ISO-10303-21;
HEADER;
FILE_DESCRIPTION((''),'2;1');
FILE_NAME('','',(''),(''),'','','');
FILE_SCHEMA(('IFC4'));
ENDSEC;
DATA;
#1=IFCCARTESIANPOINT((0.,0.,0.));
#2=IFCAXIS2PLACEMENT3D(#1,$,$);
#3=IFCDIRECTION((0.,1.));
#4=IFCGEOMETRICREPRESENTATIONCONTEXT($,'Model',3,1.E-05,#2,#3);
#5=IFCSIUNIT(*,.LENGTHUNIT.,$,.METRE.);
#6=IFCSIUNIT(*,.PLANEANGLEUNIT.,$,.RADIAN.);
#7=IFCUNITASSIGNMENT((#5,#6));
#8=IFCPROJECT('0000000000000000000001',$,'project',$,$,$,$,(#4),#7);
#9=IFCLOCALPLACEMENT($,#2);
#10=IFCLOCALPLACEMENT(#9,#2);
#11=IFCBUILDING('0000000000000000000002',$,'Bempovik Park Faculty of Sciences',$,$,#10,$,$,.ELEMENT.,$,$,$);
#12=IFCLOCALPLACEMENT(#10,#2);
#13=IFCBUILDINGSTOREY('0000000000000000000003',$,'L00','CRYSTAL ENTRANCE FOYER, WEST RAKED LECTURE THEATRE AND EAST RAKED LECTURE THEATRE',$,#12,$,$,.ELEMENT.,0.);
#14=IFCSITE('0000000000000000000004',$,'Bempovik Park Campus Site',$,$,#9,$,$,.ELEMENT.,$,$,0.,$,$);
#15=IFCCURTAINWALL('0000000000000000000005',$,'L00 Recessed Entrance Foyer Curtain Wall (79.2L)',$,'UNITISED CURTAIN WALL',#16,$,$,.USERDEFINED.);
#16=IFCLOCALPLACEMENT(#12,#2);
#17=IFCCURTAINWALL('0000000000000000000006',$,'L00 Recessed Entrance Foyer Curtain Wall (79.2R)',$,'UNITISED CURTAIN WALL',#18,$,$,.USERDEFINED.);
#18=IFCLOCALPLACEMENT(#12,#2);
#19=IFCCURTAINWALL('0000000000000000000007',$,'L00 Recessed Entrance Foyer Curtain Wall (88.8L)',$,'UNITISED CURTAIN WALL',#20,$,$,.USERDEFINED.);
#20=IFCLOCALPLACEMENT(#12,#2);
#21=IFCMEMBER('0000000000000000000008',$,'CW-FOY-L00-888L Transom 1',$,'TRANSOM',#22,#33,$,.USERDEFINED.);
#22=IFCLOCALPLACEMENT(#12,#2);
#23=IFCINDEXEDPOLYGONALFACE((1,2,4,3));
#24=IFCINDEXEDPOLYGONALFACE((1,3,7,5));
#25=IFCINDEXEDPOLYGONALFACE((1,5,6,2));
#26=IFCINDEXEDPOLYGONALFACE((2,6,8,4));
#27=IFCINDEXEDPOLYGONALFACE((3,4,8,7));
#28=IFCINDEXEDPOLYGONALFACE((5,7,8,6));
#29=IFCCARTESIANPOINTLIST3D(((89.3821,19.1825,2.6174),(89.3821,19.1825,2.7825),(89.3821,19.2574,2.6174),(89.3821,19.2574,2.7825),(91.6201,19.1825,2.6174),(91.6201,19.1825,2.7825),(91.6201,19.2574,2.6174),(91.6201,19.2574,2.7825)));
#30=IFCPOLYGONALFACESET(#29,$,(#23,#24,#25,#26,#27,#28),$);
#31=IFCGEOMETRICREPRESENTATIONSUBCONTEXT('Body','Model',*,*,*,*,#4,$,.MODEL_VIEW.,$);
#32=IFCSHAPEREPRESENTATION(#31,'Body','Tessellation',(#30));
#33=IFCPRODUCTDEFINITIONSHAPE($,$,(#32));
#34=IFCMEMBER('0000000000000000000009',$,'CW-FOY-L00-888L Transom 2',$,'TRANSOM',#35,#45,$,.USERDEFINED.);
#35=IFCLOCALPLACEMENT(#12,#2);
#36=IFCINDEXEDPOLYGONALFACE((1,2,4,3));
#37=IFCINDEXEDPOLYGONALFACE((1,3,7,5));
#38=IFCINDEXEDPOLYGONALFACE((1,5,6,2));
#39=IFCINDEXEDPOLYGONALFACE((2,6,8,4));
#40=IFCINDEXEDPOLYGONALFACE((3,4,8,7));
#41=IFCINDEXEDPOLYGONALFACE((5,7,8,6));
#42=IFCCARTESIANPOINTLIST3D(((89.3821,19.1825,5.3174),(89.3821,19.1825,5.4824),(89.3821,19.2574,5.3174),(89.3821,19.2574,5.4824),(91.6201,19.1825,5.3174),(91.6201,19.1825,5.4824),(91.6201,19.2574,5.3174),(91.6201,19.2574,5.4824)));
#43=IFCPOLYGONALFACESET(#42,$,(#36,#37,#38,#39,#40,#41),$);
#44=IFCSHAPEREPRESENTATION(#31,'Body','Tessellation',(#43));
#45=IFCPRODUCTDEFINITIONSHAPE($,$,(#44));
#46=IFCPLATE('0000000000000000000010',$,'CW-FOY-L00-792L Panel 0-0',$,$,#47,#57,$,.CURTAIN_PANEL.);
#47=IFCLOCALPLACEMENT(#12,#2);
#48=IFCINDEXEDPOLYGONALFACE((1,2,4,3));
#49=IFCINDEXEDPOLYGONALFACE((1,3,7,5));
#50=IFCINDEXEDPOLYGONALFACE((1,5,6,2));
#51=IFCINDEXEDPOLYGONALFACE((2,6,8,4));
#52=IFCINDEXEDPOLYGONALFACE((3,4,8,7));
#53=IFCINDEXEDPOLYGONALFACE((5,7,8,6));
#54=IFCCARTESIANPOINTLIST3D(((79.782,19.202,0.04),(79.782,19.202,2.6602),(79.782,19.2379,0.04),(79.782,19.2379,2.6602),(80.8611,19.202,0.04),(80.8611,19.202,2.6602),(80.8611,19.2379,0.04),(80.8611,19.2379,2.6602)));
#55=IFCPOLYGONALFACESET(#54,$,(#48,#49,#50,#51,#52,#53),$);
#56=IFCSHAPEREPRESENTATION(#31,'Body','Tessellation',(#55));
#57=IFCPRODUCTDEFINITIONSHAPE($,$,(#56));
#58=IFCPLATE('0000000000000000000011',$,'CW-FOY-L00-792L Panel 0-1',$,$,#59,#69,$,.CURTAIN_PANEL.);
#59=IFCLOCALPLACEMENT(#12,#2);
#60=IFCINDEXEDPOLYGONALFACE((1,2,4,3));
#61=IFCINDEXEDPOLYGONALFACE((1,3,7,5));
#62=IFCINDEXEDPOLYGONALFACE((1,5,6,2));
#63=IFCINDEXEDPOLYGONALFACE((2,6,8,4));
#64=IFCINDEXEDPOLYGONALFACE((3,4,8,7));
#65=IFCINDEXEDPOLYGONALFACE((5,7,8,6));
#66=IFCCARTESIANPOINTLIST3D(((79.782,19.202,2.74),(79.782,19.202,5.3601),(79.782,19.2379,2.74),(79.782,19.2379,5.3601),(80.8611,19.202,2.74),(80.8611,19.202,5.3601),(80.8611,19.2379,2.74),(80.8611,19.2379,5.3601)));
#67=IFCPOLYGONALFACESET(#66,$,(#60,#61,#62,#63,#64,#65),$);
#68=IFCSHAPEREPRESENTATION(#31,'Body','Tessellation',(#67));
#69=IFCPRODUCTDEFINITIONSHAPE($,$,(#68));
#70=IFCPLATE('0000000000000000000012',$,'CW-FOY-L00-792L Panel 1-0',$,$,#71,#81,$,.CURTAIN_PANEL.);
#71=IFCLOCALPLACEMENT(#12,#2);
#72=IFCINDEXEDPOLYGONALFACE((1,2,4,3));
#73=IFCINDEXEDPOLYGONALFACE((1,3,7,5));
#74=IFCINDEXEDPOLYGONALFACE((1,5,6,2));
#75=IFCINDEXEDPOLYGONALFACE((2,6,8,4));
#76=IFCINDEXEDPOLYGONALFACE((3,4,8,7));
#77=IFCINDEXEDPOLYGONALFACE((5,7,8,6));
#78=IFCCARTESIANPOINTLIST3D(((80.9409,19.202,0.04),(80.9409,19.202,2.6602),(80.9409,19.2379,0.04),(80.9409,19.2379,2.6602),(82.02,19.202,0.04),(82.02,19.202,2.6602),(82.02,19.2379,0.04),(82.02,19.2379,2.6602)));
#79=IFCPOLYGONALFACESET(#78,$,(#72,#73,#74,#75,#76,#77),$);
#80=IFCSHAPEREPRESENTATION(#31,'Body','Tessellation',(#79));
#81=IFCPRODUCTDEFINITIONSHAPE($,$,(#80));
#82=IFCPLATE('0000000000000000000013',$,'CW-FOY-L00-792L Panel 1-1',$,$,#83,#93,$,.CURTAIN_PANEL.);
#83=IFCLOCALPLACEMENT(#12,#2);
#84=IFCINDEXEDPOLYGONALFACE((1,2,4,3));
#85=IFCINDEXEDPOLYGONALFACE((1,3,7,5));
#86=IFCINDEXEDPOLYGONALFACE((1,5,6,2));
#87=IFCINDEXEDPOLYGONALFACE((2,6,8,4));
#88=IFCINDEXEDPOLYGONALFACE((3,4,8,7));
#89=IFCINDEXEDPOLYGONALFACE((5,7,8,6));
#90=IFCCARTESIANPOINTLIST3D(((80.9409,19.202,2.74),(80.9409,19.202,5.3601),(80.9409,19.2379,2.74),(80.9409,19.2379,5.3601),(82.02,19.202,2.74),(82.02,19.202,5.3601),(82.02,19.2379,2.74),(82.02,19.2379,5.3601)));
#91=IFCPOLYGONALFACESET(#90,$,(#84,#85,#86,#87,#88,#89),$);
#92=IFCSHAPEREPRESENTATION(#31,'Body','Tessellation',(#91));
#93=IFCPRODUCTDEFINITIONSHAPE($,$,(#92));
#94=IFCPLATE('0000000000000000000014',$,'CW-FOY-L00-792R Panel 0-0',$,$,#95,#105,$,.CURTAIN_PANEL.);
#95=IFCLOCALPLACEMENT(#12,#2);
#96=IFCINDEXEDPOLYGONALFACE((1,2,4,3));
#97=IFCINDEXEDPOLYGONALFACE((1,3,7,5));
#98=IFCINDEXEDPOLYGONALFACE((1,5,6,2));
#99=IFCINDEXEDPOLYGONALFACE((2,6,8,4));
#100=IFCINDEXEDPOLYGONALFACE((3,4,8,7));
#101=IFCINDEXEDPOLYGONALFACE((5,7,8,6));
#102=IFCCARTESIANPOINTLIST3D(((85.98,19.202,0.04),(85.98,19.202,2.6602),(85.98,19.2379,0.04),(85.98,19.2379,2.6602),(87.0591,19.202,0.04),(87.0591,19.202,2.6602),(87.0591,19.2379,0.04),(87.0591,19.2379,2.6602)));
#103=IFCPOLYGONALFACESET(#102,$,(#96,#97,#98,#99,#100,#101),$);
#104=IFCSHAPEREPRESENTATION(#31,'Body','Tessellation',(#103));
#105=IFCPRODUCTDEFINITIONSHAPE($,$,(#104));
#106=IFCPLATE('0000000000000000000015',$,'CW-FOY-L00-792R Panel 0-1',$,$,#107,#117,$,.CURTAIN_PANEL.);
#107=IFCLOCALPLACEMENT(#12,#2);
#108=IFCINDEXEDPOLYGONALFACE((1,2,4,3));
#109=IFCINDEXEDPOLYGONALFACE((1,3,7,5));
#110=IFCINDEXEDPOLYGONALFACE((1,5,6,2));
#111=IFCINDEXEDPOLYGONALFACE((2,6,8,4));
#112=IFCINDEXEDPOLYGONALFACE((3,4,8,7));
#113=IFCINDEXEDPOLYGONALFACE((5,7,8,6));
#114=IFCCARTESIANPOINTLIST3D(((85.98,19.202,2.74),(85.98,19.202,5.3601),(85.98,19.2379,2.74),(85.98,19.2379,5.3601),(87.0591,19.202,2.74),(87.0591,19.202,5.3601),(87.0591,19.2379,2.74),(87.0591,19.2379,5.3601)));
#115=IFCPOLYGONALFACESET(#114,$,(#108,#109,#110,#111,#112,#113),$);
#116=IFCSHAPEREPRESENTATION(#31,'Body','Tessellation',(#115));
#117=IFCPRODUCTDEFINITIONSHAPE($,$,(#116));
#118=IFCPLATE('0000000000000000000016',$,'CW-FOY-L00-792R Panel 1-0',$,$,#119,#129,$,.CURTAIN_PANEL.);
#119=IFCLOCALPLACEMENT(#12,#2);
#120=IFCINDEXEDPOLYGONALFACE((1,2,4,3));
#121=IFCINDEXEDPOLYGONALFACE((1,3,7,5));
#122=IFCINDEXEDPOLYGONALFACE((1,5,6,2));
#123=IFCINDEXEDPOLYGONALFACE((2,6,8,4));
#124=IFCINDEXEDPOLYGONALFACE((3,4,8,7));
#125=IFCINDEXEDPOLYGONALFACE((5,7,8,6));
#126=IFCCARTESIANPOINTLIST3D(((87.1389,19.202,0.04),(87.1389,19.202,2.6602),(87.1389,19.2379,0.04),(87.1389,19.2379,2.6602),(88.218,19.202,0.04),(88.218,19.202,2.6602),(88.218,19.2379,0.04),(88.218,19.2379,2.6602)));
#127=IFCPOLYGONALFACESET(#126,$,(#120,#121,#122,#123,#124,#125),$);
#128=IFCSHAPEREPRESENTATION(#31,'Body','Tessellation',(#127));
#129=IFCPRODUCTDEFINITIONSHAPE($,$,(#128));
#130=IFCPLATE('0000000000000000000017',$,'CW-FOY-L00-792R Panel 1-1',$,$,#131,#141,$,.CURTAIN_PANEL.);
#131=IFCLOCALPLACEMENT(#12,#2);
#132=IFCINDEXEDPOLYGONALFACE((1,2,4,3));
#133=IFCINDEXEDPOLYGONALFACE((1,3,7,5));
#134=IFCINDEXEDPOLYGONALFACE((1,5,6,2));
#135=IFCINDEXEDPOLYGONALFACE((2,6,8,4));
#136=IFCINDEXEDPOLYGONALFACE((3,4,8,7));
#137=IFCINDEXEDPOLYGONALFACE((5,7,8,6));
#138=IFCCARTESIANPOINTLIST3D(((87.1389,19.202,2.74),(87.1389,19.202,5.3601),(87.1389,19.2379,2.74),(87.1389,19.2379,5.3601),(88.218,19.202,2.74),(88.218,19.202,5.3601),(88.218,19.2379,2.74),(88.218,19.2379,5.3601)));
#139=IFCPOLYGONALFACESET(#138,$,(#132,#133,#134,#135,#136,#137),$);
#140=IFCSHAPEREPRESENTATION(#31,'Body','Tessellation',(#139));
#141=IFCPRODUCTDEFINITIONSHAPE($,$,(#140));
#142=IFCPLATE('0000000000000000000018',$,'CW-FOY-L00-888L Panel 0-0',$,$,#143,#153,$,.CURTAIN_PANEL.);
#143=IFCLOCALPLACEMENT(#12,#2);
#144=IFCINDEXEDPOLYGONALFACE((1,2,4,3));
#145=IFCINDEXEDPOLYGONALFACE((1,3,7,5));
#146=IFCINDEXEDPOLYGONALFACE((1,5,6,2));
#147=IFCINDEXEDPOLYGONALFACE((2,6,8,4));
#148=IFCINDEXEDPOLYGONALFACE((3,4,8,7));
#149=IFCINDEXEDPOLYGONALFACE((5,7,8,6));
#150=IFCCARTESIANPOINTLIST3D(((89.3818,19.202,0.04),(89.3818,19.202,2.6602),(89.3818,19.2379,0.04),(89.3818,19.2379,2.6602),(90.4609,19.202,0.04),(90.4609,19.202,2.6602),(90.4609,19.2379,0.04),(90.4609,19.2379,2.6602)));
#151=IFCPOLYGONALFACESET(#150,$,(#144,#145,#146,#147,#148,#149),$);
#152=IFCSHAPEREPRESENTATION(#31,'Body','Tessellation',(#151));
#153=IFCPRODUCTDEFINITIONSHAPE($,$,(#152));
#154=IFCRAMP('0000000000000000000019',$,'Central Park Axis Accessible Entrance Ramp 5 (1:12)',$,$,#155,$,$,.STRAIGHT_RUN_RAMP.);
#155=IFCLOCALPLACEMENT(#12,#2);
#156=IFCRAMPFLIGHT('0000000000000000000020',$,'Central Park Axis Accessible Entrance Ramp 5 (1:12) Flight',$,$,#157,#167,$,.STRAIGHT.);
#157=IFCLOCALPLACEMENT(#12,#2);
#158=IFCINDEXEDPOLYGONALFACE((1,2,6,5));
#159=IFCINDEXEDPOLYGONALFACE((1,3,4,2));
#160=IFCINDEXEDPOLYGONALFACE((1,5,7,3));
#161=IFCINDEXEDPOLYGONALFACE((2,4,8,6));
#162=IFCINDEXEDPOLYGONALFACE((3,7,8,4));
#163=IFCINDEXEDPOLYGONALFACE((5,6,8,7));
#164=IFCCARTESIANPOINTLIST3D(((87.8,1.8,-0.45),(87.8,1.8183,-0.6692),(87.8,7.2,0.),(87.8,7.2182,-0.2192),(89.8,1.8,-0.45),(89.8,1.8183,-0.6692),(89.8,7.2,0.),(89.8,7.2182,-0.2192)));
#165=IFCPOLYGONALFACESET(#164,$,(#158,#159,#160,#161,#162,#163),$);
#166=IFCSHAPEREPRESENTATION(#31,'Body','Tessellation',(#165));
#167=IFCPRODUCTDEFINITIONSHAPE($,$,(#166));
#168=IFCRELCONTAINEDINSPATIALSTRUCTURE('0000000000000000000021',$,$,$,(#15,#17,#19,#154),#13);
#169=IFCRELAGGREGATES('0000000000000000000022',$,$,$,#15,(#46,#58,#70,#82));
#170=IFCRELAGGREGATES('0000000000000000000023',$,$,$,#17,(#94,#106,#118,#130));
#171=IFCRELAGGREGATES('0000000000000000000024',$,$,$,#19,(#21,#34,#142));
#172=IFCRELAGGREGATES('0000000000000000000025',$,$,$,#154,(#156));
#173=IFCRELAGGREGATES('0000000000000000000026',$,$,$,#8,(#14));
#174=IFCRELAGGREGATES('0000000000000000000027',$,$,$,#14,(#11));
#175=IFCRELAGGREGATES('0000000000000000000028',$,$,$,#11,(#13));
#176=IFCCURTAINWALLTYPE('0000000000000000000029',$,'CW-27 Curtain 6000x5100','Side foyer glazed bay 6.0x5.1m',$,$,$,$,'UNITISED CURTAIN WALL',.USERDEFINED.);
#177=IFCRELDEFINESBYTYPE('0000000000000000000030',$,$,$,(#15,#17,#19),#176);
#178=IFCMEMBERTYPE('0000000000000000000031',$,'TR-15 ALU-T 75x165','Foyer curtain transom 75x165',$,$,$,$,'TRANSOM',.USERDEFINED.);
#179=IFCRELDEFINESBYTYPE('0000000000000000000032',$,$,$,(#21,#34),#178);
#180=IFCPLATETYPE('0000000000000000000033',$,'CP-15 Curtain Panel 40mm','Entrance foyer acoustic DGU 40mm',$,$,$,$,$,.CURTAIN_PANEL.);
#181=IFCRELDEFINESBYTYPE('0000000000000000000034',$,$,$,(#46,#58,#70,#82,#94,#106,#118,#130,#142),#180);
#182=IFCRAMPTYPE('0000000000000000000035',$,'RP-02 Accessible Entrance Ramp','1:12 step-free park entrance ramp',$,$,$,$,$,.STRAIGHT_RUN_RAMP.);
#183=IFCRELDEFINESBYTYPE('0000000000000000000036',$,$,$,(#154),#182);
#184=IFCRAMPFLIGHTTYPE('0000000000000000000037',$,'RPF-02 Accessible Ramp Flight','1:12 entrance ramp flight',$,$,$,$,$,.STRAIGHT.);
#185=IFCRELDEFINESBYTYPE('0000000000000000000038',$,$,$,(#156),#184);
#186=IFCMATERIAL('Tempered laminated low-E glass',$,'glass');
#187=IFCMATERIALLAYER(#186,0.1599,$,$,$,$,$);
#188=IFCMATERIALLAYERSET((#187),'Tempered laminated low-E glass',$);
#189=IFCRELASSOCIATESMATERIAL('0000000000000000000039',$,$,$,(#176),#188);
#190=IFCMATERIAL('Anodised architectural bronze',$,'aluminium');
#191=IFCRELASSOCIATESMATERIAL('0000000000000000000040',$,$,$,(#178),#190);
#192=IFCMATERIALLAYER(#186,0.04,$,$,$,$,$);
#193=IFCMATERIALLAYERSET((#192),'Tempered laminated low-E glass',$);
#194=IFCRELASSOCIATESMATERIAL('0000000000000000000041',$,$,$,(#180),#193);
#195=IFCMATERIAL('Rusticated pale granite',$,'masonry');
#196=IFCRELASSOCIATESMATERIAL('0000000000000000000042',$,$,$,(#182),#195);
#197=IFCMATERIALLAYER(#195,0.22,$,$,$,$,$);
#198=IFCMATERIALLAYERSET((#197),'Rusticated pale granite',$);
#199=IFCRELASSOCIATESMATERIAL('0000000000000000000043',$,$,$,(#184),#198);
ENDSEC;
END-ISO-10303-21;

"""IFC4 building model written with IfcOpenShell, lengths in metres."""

from ifc_helpers import new_model, si_unit, direction, frame, origin, origin_2d, place, context, subcontext, project, spatial, polyline, rectangle, outline, extrude, material, layer, layer_set, material_profile, profile_set, type_object, element, aggregate, save


model = new_model("IFC4")

# Units and contexts
model_context = context("Model", 3, precision=1e-05, world=origin(), true_north=direction((0.0, 1.0)))
body_context = subcontext(model_context, "Body", "Model", "MODEL_VIEW")
ifc_project = project(units=[si_unit("LENGTHUNIT", "METRE"), si_unit("PLANEANGLEUNIT", "RADIAN")], contexts=[model_context])

# Site, building, storey
site_placement = place(None, origin())
site = spatial("IfcSite", under=ifc_project, at=site_placement, Name="Bempovik Park Campus Site", CompositionType="ELEMENT", RefElevation=0.0)
building_placement = place(site_placement, origin())
building = spatial("IfcBuilding", under=site, at=building_placement, Name="Bempovik Park Faculty of Sciences", CompositionType="ELEMENT")
storey_placement = place(building_placement, origin())
storey = spatial("IfcBuildingStorey", under=building, at=storey_placement, Name="L00", Description="CRYSTAL ENTRANCE FOYER, WEST RAKED LECTURE THEATRE AND EAST RAKED LECTURE THEATRE", CompositionType="ELEMENT", Elevation=0.0)

# Curtain walls
ifc_material_1 = material(Name="Tempered laminated low-E glass", Category="glass")
ifc_layer_1 = layer(ifc_material_1, 0.1599)
ifc_layer_set_1 = layer_set([ifc_layer_1], Name="Tempered laminated low-E glass")
curtain_wall_type = type_object("IfcCurtainWallType", Name="CW-27 Curtain 6000x5100", Description="Side foyer glazed bay 6.0x5.1m", ElementType="UNITISED CURTAIN WALL", PredefinedType="USERDEFINED", material=ifc_layer_set_1)
curtain_wall_1_placement = place(storey_placement, origin())
curtain_wall_1 = element("IfcCurtainWall", 1, at=curtain_wall_1_placement, inside=storey, type_object=curtain_wall_type, Name="L00 Recessed Entrance Foyer Curtain Wall (79.2L)", ObjectType="UNITISED CURTAIN WALL", PredefinedType="USERDEFINED")
ifc_material_2 = material(Name="Anodised architectural bronze", Category="aluminium")
curtain_wall_2_placement = place(storey_placement, origin())
curtain_wall_2 = element("IfcCurtainWall", 2, at=curtain_wall_2_placement, inside=storey, type_object=curtain_wall_type, Name="L00 Recessed Entrance Foyer Curtain Wall (79.2R)", ObjectType="UNITISED CURTAIN WALL", PredefinedType="USERDEFINED")

# Curtain wall
curtain_wall_3_placement = place(storey_placement, origin())
curtain_wall_3 = element("IfcCurtainWall", 3, at=curtain_wall_3_placement, inside=storey, type_object=curtain_wall_type, Name="L00 Recessed Entrance Foyer Curtain Wall (88.8L)", ObjectType="UNITISED CURTAIN WALL", PredefinedType="USERDEFINED")

# Members
ifc_material_profile_1 = material_profile(ifc_material_2, rectangle(XDim=0.075, YDim=0.165, at=origin_2d()), Name="ALU-T 75x165")
ifc_profile_set_1 = profile_set([ifc_material_profile_1], Name="Anodised architectural bronze")
member_type_1 = type_object("IfcMemberType", Name="TR-15 ALU-T 75x165", Description="Foyer curtain transom 75x165", ElementType="TRANSOM", PredefinedType="USERDEFINED", material=ifc_profile_set_1)
member_1_placement = place(storey_placement, frame((89.3821, 19.22, 2.7), z_axis=(1.0, 0.0, 0.0), x_axis=(0.0, 1.0, 0.0)))
member_1 = element("IfcMember", 4, at=member_1_placement, type_object=member_type_1, Name="CW-FOY-L00-888L Transom 1", ObjectType="TRANSOM", PredefinedType="USERDEFINED", context=body_context, shape_type="SweptSolid", body=[
    extrude(rectangle(XDim=0.075, YDim=0.165, at=origin_2d()), origin(), (0.0, 0.0, 1.0), 2.238),
])
member_2_placement = place(storey_placement, frame((89.3821, 19.22, 5.3999), z_axis=(1.0, 0.0, 0.0), x_axis=(0.0, 1.0, 0.0)))
member_2 = element("IfcMember", 5, at=member_2_placement, type_object=member_type_1, Name="CW-FOY-L00-888L Transom 2", ObjectType="TRANSOM", PredefinedType="USERDEFINED", context=body_context, shape_type="SweptSolid", body=[
    extrude(rectangle(XDim=0.075, YDim=0.165, at=origin_2d()), origin(), (0.0, 0.0, 1.0), 2.238),
])

# Plates
ifc_layer_2 = layer(ifc_material_1, 0.04)
ifc_layer_set_2 = layer_set([ifc_layer_2], Name="Tempered laminated low-E glass")
plate_type = type_object("IfcPlateType", Name="CP-15 Curtain Panel 40mm", Description="Entrance foyer acoustic DGU 40mm", PredefinedType="CURTAIN_PANEL", material=ifc_layer_set_2)
plate_1_placement = place(storey_placement, frame((80.3215, 19.22, 0.04), z_axis=(0.0, 0.0, 1.0), x_axis=(1.0, 0.0, 0.0)))
plate_1 = element("IfcPlate", 6, at=plate_1_placement, type_object=plate_type, Name="CW-FOY-L00-792L Panel 0-0", PredefinedType="CURTAIN_PANEL", context=body_context, shape_type="SweptSolid", body=[
    extrude(rectangle(XDim=1.0791, YDim=0.0359, at=origin_2d()), origin(), (0.0, 0.0, 1.0), 2.6201),
])
plate_2_placement = place(storey_placement, frame((80.3215, 19.22, 2.74), z_axis=(0.0, 0.0, 1.0), x_axis=(1.0, 0.0, 0.0)))
plate_2 = element("IfcPlate", 7, at=plate_2_placement, type_object=plate_type, Name="CW-FOY-L00-792L Panel 0-1", PredefinedType="CURTAIN_PANEL", context=body_context, shape_type="SweptSolid", body=[
    extrude(rectangle(XDim=1.0791, YDim=0.0359, at=origin_2d()), origin(), (0.0, 0.0, 1.0), 2.6201),
])
plate_3_placement = place(storey_placement, frame((81.4805, 19.22, 0.04), z_axis=(0.0, 0.0, 1.0), x_axis=(1.0, 0.0, 0.0)))
plate_3 = element("IfcPlate", 8, at=plate_3_placement, type_object=plate_type, Name="CW-FOY-L00-792L Panel 1-0", PredefinedType="CURTAIN_PANEL", context=body_context, shape_type="SweptSolid", body=[
    extrude(rectangle(XDim=1.0791, YDim=0.0359, at=origin_2d()), origin(), (0.0, 0.0, 1.0), 2.6201),
])
plate_4_placement = place(storey_placement, frame((81.4805, 19.22, 2.74), z_axis=(0.0, 0.0, 1.0), x_axis=(1.0, 0.0, 0.0)))
plate_4 = element("IfcPlate", 9, at=plate_4_placement, type_object=plate_type, Name="CW-FOY-L00-792L Panel 1-1", PredefinedType="CURTAIN_PANEL", context=body_context, shape_type="SweptSolid", body=[
    extrude(rectangle(XDim=1.0791, YDim=0.0359, at=origin_2d()), origin(), (0.0, 0.0, 1.0), 2.6201),
])
aggregate(curtain_wall_1, [plate_1, plate_2, plate_3, plate_4])
plate_5_placement = place(storey_placement, frame((86.5195, 19.22, 0.04), z_axis=(0.0, 0.0, 1.0), x_axis=(1.0, 0.0, 0.0)))
plate_5 = element("IfcPlate", 10, at=plate_5_placement, type_object=plate_type, Name="CW-FOY-L00-792R Panel 0-0", PredefinedType="CURTAIN_PANEL", context=body_context, shape_type="SweptSolid", body=[
    extrude(rectangle(XDim=1.0791, YDim=0.0359, at=origin_2d()), origin(), (0.0, 0.0, 1.0), 2.6201),
])
plate_6_placement = place(storey_placement, frame((86.5195, 19.22, 2.74), z_axis=(0.0, 0.0, 1.0), x_axis=(1.0, 0.0, 0.0)))
plate_6 = element("IfcPlate", 11, at=plate_6_placement, type_object=plate_type, Name="CW-FOY-L00-792R Panel 0-1", PredefinedType="CURTAIN_PANEL", context=body_context, shape_type="SweptSolid", body=[
    extrude(rectangle(XDim=1.0791, YDim=0.0359, at=origin_2d()), origin(), (0.0, 0.0, 1.0), 2.6201),
])
plate_7_placement = place(storey_placement, frame((87.6785, 19.22, 0.04), z_axis=(0.0, 0.0, 1.0), x_axis=(1.0, 0.0, 0.0)))
plate_7 = element("IfcPlate", 12, at=plate_7_placement, type_object=plate_type, Name="CW-FOY-L00-792R Panel 1-0", PredefinedType="CURTAIN_PANEL", context=body_context, shape_type="SweptSolid", body=[
    extrude(rectangle(XDim=1.0791, YDim=0.0359, at=origin_2d()), origin(), (0.0, 0.0, 1.0), 2.6201),
])
plate_8_placement = place(storey_placement, frame((87.6785, 19.22, 2.74), z_axis=(0.0, 0.0, 1.0), x_axis=(1.0, 0.0, 0.0)))
plate_8 = element("IfcPlate", 13, at=plate_8_placement, type_object=plate_type, Name="CW-FOY-L00-792R Panel 1-1", PredefinedType="CURTAIN_PANEL", context=body_context, shape_type="SweptSolid", body=[
    extrude(rectangle(XDim=1.0791, YDim=0.0359, at=origin_2d()), origin(), (0.0, 0.0, 1.0), 2.6201),
])
aggregate(curtain_wall_2, [plate_5, plate_6, plate_7, plate_8])
plate_9_placement = place(storey_placement, frame((89.9214, 19.22, 0.04), z_axis=(0.0, 0.0, 1.0), x_axis=(1.0, 0.0, 0.0)))
plate_9 = element("IfcPlate", 14, at=plate_9_placement, type_object=plate_type, Name="CW-FOY-L00-888L Panel 0-0", PredefinedType="CURTAIN_PANEL", context=body_context, shape_type="SweptSolid", body=[
    extrude(rectangle(XDim=1.0791, YDim=0.0359, at=origin_2d()), origin(), (0.0, 0.0, 1.0), 2.6201),
])
aggregate(curtain_wall_3, [member_1, member_2, plate_9])

# Ramp, ramp flight
ifc_material_3 = material(Name="Rusticated pale granite", Category="masonry")
ramp_type = type_object("IfcRampType", Name="RP-02 Accessible Entrance Ramp", Description="1:12 step-free park entrance ramp", PredefinedType="STRAIGHT_RUN_RAMP", material=ifc_material_3)
ramp_placement = place(storey_placement, origin())
ramp = element("IfcRamp", 15, at=ramp_placement, inside=storey, type_object=ramp_type, Name="Central Park Axis Accessible Entrance Ramp 5 (1:12)", PredefinedType="STRAIGHT_RUN_RAMP")
ifc_layer_3 = layer(ifc_material_3, 0.22)
ifc_layer_set_3 = layer_set([ifc_layer_3], Name="Rusticated pale granite")
ramp_flight_type = type_object("IfcRampFlightType", Name="RPF-02 Accessible Ramp Flight", Description="1:12 entrance ramp flight", PredefinedType="STRAIGHT", material=ifc_layer_set_3)
ramp_flight_placement = place(storey_placement, frame((87.8, 1.8, -0.45), z_axis=(0.0, -0.083038, 0.996546), x_axis=(1.0, 0.0, 0.0)))
ramp_flight = element("IfcRampFlight", 16, at=ramp_flight_placement, type_object=ramp_flight_type, Name="Central Park Axis Accessible Entrance Ramp 5 (1:12) Flight", PredefinedType="STRAIGHT", context=body_context, shape_type="SweptSolid", body=[
    extrude(outline(polyline([(0.0, 0.0), (2.0, 0.0), (2.0, 5.4186), (0.0, 5.4186), (0.0, 0.0)])), origin(), (0.0, 0.0, -1.0), 0.22),
])
aggregate(ramp, [ramp_flight])

save(model, "model.ifc")
